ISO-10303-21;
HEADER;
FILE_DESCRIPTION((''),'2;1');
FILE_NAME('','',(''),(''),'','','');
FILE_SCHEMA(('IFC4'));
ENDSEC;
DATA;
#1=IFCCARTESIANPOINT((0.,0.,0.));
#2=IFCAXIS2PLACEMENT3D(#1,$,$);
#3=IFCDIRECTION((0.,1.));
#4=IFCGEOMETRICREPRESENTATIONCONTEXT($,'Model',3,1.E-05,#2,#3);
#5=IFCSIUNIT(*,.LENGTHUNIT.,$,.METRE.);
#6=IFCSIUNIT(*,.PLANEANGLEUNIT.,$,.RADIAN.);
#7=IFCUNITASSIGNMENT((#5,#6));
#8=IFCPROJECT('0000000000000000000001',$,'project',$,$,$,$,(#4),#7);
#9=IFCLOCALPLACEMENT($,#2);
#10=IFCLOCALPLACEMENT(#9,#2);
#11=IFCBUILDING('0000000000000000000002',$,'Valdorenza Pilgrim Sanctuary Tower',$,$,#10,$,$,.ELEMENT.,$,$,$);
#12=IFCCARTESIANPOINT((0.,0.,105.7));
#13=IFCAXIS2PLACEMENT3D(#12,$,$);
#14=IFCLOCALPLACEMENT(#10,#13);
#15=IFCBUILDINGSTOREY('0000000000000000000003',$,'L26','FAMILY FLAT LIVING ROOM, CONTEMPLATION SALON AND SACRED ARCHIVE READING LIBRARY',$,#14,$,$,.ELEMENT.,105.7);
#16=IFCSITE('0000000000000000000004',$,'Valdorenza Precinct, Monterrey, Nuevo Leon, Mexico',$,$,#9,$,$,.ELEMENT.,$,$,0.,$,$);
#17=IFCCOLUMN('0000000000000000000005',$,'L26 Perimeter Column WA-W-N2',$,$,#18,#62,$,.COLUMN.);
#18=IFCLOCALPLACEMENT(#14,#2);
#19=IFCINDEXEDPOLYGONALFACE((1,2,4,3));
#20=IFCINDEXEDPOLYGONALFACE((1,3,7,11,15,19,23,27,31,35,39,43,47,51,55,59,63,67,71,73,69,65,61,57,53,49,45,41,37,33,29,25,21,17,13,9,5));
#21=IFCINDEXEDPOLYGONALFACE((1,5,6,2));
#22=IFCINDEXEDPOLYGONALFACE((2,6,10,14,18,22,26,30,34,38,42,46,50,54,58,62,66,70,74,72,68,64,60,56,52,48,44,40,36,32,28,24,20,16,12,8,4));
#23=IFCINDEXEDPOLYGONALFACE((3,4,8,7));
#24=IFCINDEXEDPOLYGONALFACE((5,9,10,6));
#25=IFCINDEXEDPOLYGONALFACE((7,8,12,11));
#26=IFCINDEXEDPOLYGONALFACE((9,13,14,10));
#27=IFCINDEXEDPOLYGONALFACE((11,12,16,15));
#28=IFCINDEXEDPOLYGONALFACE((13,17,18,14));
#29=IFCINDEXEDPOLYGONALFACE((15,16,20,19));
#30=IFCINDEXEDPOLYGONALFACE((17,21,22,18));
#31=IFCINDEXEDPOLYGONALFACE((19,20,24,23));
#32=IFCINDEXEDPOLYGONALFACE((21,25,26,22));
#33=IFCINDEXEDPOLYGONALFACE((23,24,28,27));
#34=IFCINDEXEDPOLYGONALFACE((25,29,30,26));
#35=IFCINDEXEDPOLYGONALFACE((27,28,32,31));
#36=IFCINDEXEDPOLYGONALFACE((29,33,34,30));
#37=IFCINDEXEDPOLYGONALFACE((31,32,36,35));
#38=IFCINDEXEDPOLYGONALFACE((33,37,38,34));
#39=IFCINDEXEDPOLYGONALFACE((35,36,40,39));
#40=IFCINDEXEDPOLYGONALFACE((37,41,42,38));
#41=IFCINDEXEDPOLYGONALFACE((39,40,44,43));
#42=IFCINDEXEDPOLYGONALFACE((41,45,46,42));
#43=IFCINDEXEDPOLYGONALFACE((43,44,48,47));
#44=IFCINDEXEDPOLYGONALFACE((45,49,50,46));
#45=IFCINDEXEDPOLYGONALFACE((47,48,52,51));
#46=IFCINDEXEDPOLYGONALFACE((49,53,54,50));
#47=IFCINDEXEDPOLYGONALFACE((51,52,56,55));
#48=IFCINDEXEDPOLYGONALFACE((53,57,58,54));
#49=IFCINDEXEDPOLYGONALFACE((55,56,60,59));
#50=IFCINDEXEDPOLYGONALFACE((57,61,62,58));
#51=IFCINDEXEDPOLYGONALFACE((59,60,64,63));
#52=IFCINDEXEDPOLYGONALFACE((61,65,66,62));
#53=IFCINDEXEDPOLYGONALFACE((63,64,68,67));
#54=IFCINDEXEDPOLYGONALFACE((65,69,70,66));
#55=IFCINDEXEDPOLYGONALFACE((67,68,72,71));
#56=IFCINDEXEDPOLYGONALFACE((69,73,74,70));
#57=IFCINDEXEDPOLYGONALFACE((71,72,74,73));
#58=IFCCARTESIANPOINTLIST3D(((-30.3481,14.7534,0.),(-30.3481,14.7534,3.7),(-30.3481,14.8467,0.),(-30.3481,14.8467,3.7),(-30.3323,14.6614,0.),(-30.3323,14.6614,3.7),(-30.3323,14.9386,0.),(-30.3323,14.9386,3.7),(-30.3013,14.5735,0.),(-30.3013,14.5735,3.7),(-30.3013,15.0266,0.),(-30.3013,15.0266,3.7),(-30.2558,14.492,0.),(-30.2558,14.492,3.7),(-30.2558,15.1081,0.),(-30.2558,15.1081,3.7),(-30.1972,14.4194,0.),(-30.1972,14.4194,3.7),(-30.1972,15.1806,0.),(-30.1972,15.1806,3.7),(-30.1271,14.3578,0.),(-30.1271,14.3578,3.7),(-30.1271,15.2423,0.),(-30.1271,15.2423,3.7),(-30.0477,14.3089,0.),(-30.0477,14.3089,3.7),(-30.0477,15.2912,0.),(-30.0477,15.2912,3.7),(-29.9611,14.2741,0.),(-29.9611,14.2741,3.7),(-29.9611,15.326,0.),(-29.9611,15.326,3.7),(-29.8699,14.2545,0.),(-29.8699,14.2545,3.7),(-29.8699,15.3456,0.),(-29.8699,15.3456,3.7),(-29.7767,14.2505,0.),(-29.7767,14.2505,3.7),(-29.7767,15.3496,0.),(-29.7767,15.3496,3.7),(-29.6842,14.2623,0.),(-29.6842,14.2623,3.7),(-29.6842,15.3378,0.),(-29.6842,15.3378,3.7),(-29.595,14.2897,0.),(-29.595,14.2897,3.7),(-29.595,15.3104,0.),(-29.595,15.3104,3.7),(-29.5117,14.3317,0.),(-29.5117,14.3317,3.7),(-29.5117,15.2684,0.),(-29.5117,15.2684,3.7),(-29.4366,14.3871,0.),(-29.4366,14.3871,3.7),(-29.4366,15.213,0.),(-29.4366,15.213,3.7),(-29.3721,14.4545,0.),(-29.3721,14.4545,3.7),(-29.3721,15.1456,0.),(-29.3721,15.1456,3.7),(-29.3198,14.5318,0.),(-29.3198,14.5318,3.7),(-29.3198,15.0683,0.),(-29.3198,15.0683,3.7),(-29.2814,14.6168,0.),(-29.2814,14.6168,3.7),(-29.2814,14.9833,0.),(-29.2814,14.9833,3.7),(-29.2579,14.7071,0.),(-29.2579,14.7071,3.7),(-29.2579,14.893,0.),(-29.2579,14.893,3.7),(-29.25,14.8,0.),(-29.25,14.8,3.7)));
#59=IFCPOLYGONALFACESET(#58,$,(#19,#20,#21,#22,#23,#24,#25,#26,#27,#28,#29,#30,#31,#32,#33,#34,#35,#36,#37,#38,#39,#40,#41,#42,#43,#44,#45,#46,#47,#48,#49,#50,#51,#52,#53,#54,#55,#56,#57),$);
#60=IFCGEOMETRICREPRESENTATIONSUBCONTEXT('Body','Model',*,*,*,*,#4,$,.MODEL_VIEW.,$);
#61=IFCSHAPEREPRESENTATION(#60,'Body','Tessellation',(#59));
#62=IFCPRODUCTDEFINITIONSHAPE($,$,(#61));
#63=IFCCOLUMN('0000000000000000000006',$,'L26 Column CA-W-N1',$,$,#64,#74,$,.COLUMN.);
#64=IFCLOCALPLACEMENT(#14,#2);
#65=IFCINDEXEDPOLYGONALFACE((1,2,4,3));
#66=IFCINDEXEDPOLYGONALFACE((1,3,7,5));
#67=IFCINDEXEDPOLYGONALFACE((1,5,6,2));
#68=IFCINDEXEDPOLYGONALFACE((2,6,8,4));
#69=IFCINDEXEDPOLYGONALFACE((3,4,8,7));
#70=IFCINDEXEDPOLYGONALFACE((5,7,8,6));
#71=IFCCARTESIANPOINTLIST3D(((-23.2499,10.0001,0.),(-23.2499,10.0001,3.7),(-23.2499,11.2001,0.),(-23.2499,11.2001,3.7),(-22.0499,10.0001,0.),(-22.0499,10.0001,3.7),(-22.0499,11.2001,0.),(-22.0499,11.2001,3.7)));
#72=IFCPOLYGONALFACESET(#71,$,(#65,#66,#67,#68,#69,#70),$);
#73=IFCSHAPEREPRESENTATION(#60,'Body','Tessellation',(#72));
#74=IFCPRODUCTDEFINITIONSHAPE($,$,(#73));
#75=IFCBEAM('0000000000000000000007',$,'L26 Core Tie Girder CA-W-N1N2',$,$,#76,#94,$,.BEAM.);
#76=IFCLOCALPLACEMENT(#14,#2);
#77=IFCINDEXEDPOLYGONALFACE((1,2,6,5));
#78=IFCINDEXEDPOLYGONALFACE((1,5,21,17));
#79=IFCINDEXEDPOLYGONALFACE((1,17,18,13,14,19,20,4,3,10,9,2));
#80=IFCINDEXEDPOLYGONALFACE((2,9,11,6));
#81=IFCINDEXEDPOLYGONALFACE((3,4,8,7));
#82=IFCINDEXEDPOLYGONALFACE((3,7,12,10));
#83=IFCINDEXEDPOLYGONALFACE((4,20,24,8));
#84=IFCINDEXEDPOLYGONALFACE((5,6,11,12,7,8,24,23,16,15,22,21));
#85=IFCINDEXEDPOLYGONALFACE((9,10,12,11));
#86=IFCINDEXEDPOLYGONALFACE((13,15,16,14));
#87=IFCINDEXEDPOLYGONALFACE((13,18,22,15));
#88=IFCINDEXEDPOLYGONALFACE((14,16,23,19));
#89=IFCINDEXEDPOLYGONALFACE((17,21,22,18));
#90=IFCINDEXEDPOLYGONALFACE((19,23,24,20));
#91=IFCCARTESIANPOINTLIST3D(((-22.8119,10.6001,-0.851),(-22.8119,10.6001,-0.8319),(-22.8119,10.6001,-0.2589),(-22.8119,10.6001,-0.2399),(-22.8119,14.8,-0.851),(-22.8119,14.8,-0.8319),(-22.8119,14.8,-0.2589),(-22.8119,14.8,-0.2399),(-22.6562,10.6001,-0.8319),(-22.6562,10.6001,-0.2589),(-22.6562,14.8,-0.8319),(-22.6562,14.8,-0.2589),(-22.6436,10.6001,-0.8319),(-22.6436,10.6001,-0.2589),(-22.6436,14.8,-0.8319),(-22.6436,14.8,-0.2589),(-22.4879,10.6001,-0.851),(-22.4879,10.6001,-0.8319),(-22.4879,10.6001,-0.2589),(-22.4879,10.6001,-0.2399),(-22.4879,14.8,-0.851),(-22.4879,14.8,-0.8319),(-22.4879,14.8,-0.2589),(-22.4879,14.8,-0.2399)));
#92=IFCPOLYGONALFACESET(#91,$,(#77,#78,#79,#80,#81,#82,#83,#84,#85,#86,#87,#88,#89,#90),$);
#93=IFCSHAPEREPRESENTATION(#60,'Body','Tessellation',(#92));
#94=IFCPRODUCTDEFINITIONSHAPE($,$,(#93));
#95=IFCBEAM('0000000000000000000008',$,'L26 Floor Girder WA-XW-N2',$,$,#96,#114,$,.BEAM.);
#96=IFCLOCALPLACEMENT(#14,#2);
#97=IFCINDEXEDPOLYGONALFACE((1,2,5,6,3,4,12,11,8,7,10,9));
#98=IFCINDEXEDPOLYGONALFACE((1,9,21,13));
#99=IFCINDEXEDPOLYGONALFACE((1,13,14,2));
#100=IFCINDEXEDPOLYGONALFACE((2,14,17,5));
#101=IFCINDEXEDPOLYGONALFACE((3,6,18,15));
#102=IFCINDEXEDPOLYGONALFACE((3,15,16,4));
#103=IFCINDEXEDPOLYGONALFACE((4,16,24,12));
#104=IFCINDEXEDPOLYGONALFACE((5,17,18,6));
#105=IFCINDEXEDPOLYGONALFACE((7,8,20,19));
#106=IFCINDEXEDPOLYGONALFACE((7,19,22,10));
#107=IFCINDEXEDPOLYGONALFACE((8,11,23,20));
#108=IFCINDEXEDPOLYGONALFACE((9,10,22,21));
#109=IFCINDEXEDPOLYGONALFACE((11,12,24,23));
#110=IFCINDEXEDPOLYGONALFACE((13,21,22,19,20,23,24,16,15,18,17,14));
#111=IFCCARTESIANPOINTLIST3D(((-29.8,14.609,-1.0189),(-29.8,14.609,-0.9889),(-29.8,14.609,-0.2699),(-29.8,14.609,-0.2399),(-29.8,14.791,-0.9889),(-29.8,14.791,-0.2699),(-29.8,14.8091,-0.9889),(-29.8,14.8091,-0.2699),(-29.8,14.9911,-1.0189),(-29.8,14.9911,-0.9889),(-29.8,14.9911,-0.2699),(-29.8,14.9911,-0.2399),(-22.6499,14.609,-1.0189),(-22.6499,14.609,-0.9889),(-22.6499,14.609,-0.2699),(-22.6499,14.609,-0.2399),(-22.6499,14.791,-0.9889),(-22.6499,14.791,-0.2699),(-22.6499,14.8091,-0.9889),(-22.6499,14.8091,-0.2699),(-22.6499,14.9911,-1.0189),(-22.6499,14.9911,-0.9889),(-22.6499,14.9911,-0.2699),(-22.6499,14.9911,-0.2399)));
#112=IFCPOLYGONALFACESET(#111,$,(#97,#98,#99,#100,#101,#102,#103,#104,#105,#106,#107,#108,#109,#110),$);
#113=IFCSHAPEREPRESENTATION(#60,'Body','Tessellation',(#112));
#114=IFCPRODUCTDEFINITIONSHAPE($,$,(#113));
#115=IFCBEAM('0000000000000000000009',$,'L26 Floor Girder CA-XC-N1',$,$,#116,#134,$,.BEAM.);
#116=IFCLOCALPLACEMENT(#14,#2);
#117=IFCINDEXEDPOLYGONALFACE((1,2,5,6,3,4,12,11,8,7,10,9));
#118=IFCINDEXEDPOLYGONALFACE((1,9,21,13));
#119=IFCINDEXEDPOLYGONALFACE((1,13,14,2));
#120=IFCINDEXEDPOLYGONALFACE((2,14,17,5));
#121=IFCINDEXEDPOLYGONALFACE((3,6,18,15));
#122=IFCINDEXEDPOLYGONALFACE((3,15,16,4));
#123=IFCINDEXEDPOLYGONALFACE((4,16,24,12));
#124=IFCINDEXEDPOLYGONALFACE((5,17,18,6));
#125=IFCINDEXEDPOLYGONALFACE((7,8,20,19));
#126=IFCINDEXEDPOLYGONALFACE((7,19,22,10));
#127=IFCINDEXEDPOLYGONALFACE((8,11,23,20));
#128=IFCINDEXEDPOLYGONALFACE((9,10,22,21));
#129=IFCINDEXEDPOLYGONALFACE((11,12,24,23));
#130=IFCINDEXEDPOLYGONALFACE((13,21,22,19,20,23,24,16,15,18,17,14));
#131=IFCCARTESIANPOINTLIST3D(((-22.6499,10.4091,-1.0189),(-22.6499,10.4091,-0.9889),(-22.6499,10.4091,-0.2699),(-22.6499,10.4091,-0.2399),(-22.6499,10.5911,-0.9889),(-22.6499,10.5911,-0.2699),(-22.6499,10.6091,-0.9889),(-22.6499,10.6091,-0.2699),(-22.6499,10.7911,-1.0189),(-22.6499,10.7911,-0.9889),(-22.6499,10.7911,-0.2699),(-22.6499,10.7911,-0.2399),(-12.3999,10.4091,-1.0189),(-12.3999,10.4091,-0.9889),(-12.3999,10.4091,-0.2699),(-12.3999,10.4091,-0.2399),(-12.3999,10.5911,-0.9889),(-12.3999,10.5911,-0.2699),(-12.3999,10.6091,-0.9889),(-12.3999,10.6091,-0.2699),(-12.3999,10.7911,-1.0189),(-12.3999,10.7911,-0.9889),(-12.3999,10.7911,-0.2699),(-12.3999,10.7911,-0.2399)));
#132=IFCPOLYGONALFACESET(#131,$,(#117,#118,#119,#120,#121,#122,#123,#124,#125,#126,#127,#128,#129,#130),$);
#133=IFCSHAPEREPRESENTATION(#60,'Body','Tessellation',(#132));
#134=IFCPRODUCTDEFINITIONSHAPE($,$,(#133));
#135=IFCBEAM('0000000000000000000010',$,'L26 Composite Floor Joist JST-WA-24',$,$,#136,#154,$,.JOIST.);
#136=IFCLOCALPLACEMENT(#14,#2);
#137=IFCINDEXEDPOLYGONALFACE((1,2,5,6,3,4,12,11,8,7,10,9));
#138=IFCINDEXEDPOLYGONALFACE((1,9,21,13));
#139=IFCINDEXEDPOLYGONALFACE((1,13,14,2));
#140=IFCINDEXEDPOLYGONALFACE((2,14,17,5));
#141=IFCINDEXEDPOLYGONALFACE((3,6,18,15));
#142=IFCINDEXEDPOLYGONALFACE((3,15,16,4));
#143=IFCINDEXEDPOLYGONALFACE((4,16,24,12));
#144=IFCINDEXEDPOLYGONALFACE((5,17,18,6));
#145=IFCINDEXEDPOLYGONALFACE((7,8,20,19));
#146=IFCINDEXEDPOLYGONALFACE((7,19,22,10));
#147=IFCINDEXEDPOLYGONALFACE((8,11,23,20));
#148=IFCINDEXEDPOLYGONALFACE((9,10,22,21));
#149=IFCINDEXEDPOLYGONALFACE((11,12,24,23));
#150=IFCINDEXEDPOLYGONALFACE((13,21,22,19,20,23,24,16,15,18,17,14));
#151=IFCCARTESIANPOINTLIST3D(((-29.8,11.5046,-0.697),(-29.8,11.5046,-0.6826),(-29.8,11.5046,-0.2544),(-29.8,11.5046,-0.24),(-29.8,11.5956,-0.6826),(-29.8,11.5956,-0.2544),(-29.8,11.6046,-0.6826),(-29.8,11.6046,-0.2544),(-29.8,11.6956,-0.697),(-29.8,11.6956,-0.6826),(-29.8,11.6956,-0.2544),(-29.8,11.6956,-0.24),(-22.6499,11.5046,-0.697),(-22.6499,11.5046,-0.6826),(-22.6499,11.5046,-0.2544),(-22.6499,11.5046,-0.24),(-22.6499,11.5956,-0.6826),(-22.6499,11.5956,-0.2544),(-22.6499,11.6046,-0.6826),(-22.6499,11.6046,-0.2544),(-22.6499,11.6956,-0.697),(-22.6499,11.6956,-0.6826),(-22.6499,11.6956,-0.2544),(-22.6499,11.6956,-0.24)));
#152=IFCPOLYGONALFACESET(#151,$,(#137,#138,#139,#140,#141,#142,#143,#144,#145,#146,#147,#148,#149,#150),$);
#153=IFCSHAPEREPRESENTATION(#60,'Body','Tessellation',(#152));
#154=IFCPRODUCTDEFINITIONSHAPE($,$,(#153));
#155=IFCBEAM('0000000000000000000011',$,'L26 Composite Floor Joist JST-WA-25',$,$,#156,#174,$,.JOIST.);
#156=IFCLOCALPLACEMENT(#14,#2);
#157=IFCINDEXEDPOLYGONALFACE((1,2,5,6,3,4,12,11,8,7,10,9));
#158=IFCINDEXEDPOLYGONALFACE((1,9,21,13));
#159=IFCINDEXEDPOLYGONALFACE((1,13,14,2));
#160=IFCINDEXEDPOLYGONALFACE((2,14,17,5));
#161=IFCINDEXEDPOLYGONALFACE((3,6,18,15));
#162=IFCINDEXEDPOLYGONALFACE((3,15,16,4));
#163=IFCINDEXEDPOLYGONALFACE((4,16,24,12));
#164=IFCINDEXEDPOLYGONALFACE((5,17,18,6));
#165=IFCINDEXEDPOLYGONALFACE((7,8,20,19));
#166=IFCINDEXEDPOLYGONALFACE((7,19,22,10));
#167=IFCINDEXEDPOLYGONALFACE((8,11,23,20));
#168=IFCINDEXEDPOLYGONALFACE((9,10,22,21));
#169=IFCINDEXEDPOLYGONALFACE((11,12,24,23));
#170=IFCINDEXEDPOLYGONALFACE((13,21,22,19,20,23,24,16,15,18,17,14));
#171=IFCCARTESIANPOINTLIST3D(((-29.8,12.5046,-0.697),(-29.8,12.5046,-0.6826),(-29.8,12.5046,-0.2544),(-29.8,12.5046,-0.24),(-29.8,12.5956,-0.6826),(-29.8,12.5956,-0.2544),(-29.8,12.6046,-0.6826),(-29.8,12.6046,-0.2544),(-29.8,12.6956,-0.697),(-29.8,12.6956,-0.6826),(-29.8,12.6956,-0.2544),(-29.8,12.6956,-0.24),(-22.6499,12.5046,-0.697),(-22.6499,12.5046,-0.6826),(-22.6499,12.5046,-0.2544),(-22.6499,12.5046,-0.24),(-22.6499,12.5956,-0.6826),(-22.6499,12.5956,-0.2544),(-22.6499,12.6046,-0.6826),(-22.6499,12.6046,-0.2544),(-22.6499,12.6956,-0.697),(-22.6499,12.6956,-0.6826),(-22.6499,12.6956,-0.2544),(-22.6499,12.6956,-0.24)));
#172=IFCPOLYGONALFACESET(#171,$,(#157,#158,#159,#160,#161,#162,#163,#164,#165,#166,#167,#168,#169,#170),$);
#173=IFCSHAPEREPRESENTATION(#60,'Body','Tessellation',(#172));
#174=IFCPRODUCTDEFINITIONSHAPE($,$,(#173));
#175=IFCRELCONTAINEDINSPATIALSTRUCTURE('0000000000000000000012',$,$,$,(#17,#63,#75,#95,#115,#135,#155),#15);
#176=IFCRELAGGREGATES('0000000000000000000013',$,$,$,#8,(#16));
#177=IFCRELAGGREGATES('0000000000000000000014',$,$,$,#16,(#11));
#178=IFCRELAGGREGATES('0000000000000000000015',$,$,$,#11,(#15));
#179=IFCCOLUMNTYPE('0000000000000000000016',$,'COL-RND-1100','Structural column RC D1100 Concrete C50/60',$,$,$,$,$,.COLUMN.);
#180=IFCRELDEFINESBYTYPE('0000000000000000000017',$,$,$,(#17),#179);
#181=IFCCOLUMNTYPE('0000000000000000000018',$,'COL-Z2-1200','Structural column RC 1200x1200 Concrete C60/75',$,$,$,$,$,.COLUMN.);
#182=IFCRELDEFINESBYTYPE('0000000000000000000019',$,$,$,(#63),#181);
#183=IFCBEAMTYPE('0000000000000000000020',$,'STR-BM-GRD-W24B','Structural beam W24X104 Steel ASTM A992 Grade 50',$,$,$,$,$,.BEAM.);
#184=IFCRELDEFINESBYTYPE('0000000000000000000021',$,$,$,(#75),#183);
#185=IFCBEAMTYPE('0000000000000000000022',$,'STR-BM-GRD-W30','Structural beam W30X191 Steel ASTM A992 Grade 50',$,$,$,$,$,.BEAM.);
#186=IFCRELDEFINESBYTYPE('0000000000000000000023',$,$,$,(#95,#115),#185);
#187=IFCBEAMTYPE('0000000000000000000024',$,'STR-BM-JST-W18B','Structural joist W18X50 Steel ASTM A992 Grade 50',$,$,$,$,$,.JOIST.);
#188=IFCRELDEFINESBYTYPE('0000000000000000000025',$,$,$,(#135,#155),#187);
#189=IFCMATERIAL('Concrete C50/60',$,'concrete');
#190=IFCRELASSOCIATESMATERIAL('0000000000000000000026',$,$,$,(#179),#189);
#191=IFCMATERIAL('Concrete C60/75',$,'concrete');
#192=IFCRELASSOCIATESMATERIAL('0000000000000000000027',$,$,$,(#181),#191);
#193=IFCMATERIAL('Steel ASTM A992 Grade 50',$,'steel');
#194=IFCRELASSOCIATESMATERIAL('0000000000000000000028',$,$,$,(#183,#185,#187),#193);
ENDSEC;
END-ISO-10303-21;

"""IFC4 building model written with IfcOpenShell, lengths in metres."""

from ifc_helpers import new_model, si_unit, direction, frame, origin, origin_2d, place, context, subcontext, project, spatial, rectangle, circle, i_section, extrude, source, transform, mapped, material, material_profile, profile_set, type_object, element, save


model = new_model("IFC4")

# Units and contexts
model_context = context("Model", 3, precision=1e-05, world=origin(), true_north=direction((0.0, 1.0)))
body_context = subcontext(model_context, "Body", "Model", "MODEL_VIEW")
ifc_project = project(units=[si_unit("LENGTHUNIT", "METRE"), si_unit("PLANEANGLEUNIT", "RADIAN")], contexts=[model_context])

# Site, building, storey
site_placement = place(None, origin())
site = spatial("IfcSite", under=ifc_project, at=site_placement, Name="Valdorenza Precinct, Monterrey, Nuevo Leon, Mexico", CompositionType="ELEMENT", RefElevation=0.0)
building_placement = place(site_placement, origin())
building = spatial("IfcBuilding", under=site, at=building_placement, Name="Valdorenza Pilgrim Sanctuary Tower", CompositionType="ELEMENT")
storey_placement = place(building_placement, frame((0.0, 0.0, 105.7)))
storey = spatial("IfcBuildingStorey", under=building, at=storey_placement, Name="L26", Description="FAMILY FLAT LIVING ROOM, CONTEMPLATION SALON AND SACRED ARCHIVE READING LIBRARY", CompositionType="ELEMENT", Elevation=105.7)

# Columns
ifc_material_1 = material(Name="Concrete C50/60", Category="concrete")
ifc_material_profile_1 = material_profile(ifc_material_1, circle(Radius=0.55, at=origin_2d()), Name="RC D1100")
ifc_profile_set_1 = profile_set([ifc_material_profile_1], Name="Concrete C50/60")
column_type_1 = type_object("IfcColumnType", Name="COL-RND-1100", Description="Structural column RC D1100 Concrete C50/60", PredefinedType="COLUMN", material=ifc_profile_set_1)
shared_shape_1 = source(origin(), body_context, "Body", "SweptSolid", [
    extrude(circle(Radius=0.55, at=origin_2d()), origin(), (0.0, 0.0, 1.0), 3.7),
])
column_1_placement = place(storey_placement, frame((-29.8, 14.8, 0.0), z_axis=(0.0, 0.0, 1.0), x_axis=(1.0, 0.0, 0.0)))
element("IfcColumn", 1, at=column_1_placement, inside=storey, type_object=column_type_1, Name="L26 Perimeter Column WA-W-N2", PredefinedType="COLUMN", context=body_context, shape_type="MappedRepresentation", body=[
    mapped(shared_shape_1, transform((0.0, 0.0, 0.0), x_axis=(1.0, 0.0, 0.0), y_axis=(0.0, 1.0, 0.0), z_axis=(0.0, 0.0, 1.0), scale=1.0)),
])
ifc_material_2 = material(Name="Concrete C60/75", Category="concrete")
ifc_material_profile_2 = material_profile(ifc_material_2, rectangle(XDim=1.2, YDim=1.2, at=origin_2d()), Name="RC 1200x1200")
ifc_profile_set_2 = profile_set([ifc_material_profile_2], Name="Concrete C60/75")
column_type_2 = type_object("IfcColumnType", Name="COL-Z2-1200", Description="Structural column RC 1200x1200 Concrete C60/75", PredefinedType="COLUMN", material=ifc_profile_set_2)
shared_shape_2 = source(origin(), body_context, "Body", "SweptSolid", [
    extrude(rectangle(XDim=1.2, YDim=1.2, at=origin_2d()), origin(), (0.0, 0.0, 1.0), 3.7),
])
column_2_placement = place(storey_placement, frame((-22.6499, 10.6001, 0.0), z_axis=(0.0, 0.0, 1.0), x_axis=(1.0, 0.0, 0.0)))
element("IfcColumn", 2, at=column_2_placement, inside=storey, type_object=column_type_2, Name="L26 Column CA-W-N1", PredefinedType="COLUMN", context=body_context, shape_type="MappedRepresentation", body=[
    mapped(shared_shape_2, transform((0.0, 0.0, 0.0), x_axis=(1.0, 0.0, 0.0), y_axis=(0.0, 1.0, 0.0), z_axis=(0.0, 0.0, 1.0), scale=1.0)),
])

# Beams
ifc_material_3 = material(Name="Steel ASTM A992 Grade 50", Category="steel")
ifc_material_profile_3 = material_profile(ifc_material_3, i_section(OverallWidth=0.324, OverallDepth=0.6111, WebThickness=0.0127, FlangeThickness=0.019, at=origin_2d()), Name="W24X104")
ifc_profile_set_3 = profile_set([ifc_material_profile_3], Name="Steel ASTM A992 Grade 50")
beam_type_1 = type_object("IfcBeamType", Name="STR-BM-GRD-W24B", Description="Structural beam W24X104 Steel ASTM A992 Grade 50", PredefinedType="BEAM", material=ifc_profile_set_3)
shared_shape_3 = source(origin(), body_context, "Body", "SweptSolid", [
    extrude(i_section(OverallWidth=0.324, OverallDepth=0.6111, WebThickness=0.0127, FlangeThickness=0.019, at=origin_2d()), origin(), (0.0, 0.0, 1.0), 4.2),
])
beam_1_placement = place(storey_placement, frame((-22.6499, 10.6001, -0.5454), z_axis=(0.0, 1.0, 0.0), x_axis=(-1.0, 0.0, 0.0)))
element("IfcBeam", 3, at=beam_1_placement, inside=storey, type_object=beam_type_1, Name="L26 Core Tie Girder CA-W-N1N2", PredefinedType="BEAM", context=body_context, shape_type="MappedRepresentation", body=[
    mapped(shared_shape_3, transform((0.0, 0.0, 0.0), x_axis=(1.0, 0.0, 0.0), y_axis=(0.0, 1.0, 0.0), z_axis=(0.0, 0.0, 1.0), scale=1.0)),
])
ifc_material_profile_4 = material_profile(ifc_material_3, i_section(OverallWidth=0.3821, OverallDepth=0.7791, WebThickness=0.0181, FlangeThickness=0.03, at=origin_2d()), Name="W30X191")
ifc_profile_set_4 = profile_set([ifc_material_profile_4], Name="Steel ASTM A992 Grade 50")
beam_type_2 = type_object("IfcBeamType", Name="STR-BM-GRD-W30", Description="Structural beam W30X191 Steel ASTM A992 Grade 50", PredefinedType="BEAM", material=ifc_profile_set_4)
shared_shape_4 = source(origin(), body_context, "Body", "SweptSolid", [
    extrude(i_section(OverallWidth=0.3821, OverallDepth=0.7791, WebThickness=0.0181, FlangeThickness=0.03, at=origin_2d()), origin(), (0.0, 0.0, 1.0), 7.1501),
])
beam_2_placement = place(storey_placement, frame((-29.8, 14.8, -0.6294), z_axis=(1.0, 0.0, 0.0), x_axis=(0.0, 1.0, 0.0)))
element("IfcBeam", 4, at=beam_2_placement, inside=storey, type_object=beam_type_2, Name="L26 Floor Girder WA-XW-N2", PredefinedType="BEAM", context=body_context, shape_type="MappedRepresentation", body=[
    mapped(shared_shape_4, transform((0.0, 0.0, 0.0), x_axis=(1.0, 0.0, 0.0), y_axis=(0.0, 1.0, 0.0), z_axis=(0.0, 0.0, 1.0), scale=1.0)),
])
shared_shape_5 = source(origin(), body_context, "Body", "SweptSolid", [
    extrude(i_section(OverallWidth=0.3821, OverallDepth=0.7791, WebThickness=0.0181, FlangeThickness=0.03, at=origin_2d()), origin(), (0.0, 0.0, 1.0), 10.25),
])
beam_3_placement = place(storey_placement, frame((-22.6499, 10.6001, -0.6294), z_axis=(1.0, 0.0, 0.0), x_axis=(0.0, 1.0, 0.0)))
element("IfcBeam", 5, at=beam_3_placement, inside=storey, type_object=beam_type_2, Name="L26 Floor Girder CA-XC-N1", PredefinedType="BEAM", context=body_context, shape_type="MappedRepresentation", body=[
    mapped(shared_shape_5, transform((0.0, 0.0, 0.0), x_axis=(1.0, 0.0, 0.0), y_axis=(0.0, 1.0, 0.0), z_axis=(0.0, 0.0, 1.0), scale=1.0)),
])
ifc_material_profile_5 = material_profile(ifc_material_3, i_section(OverallWidth=0.1909, OverallDepth=0.457, WebThickness=0.009, FlangeThickness=0.0144, at=origin_2d()), Name="W18X50")
ifc_profile_set_5 = profile_set([ifc_material_profile_5], Name="Steel ASTM A992 Grade 50")
beam_type_3 = type_object("IfcBeamType", Name="STR-BM-JST-W18B", Description="Structural joist W18X50 Steel ASTM A992 Grade 50", PredefinedType="JOIST", material=ifc_profile_set_5)
shared_shape_6 = source(origin(), body_context, "Body", "SweptSolid", [
    extrude(i_section(OverallWidth=0.1909, OverallDepth=0.457, WebThickness=0.009, FlangeThickness=0.0144, at=origin_2d()), origin(), (0.0, 0.0, 1.0), 7.1501),
])
for number, where, z_axis, x_axis, name in (
    (6, (-29.8, 11.6001, -0.4685), (1.0, 0.0, 0.0), (0.0, 1.0, 0.0), "L26 Composite Floor Joist JST-WA-24"),
    (7, (-29.8, 12.6001, -0.4685), (1.0, 0.0, 0.0), (0.0, 1.0, 0.0), "L26 Composite Floor Joist JST-WA-25"),
):
    element("IfcBeam", number, at=place(storey_placement, frame(where, z_axis=z_axis, x_axis=x_axis)), inside=storey, type_object=beam_type_3, Name=name, PredefinedType="JOIST", context=body_context, shape_type="MappedRepresentation", body=[
        mapped(shared_shape_6, transform((0.0, 0.0, 0.0), x_axis=(1.0, 0.0, 0.0), y_axis=(0.0, 1.0, 0.0), z_axis=(0.0, 0.0, 1.0), scale=1.0)),
    ])

save(model, "model.ifc")
